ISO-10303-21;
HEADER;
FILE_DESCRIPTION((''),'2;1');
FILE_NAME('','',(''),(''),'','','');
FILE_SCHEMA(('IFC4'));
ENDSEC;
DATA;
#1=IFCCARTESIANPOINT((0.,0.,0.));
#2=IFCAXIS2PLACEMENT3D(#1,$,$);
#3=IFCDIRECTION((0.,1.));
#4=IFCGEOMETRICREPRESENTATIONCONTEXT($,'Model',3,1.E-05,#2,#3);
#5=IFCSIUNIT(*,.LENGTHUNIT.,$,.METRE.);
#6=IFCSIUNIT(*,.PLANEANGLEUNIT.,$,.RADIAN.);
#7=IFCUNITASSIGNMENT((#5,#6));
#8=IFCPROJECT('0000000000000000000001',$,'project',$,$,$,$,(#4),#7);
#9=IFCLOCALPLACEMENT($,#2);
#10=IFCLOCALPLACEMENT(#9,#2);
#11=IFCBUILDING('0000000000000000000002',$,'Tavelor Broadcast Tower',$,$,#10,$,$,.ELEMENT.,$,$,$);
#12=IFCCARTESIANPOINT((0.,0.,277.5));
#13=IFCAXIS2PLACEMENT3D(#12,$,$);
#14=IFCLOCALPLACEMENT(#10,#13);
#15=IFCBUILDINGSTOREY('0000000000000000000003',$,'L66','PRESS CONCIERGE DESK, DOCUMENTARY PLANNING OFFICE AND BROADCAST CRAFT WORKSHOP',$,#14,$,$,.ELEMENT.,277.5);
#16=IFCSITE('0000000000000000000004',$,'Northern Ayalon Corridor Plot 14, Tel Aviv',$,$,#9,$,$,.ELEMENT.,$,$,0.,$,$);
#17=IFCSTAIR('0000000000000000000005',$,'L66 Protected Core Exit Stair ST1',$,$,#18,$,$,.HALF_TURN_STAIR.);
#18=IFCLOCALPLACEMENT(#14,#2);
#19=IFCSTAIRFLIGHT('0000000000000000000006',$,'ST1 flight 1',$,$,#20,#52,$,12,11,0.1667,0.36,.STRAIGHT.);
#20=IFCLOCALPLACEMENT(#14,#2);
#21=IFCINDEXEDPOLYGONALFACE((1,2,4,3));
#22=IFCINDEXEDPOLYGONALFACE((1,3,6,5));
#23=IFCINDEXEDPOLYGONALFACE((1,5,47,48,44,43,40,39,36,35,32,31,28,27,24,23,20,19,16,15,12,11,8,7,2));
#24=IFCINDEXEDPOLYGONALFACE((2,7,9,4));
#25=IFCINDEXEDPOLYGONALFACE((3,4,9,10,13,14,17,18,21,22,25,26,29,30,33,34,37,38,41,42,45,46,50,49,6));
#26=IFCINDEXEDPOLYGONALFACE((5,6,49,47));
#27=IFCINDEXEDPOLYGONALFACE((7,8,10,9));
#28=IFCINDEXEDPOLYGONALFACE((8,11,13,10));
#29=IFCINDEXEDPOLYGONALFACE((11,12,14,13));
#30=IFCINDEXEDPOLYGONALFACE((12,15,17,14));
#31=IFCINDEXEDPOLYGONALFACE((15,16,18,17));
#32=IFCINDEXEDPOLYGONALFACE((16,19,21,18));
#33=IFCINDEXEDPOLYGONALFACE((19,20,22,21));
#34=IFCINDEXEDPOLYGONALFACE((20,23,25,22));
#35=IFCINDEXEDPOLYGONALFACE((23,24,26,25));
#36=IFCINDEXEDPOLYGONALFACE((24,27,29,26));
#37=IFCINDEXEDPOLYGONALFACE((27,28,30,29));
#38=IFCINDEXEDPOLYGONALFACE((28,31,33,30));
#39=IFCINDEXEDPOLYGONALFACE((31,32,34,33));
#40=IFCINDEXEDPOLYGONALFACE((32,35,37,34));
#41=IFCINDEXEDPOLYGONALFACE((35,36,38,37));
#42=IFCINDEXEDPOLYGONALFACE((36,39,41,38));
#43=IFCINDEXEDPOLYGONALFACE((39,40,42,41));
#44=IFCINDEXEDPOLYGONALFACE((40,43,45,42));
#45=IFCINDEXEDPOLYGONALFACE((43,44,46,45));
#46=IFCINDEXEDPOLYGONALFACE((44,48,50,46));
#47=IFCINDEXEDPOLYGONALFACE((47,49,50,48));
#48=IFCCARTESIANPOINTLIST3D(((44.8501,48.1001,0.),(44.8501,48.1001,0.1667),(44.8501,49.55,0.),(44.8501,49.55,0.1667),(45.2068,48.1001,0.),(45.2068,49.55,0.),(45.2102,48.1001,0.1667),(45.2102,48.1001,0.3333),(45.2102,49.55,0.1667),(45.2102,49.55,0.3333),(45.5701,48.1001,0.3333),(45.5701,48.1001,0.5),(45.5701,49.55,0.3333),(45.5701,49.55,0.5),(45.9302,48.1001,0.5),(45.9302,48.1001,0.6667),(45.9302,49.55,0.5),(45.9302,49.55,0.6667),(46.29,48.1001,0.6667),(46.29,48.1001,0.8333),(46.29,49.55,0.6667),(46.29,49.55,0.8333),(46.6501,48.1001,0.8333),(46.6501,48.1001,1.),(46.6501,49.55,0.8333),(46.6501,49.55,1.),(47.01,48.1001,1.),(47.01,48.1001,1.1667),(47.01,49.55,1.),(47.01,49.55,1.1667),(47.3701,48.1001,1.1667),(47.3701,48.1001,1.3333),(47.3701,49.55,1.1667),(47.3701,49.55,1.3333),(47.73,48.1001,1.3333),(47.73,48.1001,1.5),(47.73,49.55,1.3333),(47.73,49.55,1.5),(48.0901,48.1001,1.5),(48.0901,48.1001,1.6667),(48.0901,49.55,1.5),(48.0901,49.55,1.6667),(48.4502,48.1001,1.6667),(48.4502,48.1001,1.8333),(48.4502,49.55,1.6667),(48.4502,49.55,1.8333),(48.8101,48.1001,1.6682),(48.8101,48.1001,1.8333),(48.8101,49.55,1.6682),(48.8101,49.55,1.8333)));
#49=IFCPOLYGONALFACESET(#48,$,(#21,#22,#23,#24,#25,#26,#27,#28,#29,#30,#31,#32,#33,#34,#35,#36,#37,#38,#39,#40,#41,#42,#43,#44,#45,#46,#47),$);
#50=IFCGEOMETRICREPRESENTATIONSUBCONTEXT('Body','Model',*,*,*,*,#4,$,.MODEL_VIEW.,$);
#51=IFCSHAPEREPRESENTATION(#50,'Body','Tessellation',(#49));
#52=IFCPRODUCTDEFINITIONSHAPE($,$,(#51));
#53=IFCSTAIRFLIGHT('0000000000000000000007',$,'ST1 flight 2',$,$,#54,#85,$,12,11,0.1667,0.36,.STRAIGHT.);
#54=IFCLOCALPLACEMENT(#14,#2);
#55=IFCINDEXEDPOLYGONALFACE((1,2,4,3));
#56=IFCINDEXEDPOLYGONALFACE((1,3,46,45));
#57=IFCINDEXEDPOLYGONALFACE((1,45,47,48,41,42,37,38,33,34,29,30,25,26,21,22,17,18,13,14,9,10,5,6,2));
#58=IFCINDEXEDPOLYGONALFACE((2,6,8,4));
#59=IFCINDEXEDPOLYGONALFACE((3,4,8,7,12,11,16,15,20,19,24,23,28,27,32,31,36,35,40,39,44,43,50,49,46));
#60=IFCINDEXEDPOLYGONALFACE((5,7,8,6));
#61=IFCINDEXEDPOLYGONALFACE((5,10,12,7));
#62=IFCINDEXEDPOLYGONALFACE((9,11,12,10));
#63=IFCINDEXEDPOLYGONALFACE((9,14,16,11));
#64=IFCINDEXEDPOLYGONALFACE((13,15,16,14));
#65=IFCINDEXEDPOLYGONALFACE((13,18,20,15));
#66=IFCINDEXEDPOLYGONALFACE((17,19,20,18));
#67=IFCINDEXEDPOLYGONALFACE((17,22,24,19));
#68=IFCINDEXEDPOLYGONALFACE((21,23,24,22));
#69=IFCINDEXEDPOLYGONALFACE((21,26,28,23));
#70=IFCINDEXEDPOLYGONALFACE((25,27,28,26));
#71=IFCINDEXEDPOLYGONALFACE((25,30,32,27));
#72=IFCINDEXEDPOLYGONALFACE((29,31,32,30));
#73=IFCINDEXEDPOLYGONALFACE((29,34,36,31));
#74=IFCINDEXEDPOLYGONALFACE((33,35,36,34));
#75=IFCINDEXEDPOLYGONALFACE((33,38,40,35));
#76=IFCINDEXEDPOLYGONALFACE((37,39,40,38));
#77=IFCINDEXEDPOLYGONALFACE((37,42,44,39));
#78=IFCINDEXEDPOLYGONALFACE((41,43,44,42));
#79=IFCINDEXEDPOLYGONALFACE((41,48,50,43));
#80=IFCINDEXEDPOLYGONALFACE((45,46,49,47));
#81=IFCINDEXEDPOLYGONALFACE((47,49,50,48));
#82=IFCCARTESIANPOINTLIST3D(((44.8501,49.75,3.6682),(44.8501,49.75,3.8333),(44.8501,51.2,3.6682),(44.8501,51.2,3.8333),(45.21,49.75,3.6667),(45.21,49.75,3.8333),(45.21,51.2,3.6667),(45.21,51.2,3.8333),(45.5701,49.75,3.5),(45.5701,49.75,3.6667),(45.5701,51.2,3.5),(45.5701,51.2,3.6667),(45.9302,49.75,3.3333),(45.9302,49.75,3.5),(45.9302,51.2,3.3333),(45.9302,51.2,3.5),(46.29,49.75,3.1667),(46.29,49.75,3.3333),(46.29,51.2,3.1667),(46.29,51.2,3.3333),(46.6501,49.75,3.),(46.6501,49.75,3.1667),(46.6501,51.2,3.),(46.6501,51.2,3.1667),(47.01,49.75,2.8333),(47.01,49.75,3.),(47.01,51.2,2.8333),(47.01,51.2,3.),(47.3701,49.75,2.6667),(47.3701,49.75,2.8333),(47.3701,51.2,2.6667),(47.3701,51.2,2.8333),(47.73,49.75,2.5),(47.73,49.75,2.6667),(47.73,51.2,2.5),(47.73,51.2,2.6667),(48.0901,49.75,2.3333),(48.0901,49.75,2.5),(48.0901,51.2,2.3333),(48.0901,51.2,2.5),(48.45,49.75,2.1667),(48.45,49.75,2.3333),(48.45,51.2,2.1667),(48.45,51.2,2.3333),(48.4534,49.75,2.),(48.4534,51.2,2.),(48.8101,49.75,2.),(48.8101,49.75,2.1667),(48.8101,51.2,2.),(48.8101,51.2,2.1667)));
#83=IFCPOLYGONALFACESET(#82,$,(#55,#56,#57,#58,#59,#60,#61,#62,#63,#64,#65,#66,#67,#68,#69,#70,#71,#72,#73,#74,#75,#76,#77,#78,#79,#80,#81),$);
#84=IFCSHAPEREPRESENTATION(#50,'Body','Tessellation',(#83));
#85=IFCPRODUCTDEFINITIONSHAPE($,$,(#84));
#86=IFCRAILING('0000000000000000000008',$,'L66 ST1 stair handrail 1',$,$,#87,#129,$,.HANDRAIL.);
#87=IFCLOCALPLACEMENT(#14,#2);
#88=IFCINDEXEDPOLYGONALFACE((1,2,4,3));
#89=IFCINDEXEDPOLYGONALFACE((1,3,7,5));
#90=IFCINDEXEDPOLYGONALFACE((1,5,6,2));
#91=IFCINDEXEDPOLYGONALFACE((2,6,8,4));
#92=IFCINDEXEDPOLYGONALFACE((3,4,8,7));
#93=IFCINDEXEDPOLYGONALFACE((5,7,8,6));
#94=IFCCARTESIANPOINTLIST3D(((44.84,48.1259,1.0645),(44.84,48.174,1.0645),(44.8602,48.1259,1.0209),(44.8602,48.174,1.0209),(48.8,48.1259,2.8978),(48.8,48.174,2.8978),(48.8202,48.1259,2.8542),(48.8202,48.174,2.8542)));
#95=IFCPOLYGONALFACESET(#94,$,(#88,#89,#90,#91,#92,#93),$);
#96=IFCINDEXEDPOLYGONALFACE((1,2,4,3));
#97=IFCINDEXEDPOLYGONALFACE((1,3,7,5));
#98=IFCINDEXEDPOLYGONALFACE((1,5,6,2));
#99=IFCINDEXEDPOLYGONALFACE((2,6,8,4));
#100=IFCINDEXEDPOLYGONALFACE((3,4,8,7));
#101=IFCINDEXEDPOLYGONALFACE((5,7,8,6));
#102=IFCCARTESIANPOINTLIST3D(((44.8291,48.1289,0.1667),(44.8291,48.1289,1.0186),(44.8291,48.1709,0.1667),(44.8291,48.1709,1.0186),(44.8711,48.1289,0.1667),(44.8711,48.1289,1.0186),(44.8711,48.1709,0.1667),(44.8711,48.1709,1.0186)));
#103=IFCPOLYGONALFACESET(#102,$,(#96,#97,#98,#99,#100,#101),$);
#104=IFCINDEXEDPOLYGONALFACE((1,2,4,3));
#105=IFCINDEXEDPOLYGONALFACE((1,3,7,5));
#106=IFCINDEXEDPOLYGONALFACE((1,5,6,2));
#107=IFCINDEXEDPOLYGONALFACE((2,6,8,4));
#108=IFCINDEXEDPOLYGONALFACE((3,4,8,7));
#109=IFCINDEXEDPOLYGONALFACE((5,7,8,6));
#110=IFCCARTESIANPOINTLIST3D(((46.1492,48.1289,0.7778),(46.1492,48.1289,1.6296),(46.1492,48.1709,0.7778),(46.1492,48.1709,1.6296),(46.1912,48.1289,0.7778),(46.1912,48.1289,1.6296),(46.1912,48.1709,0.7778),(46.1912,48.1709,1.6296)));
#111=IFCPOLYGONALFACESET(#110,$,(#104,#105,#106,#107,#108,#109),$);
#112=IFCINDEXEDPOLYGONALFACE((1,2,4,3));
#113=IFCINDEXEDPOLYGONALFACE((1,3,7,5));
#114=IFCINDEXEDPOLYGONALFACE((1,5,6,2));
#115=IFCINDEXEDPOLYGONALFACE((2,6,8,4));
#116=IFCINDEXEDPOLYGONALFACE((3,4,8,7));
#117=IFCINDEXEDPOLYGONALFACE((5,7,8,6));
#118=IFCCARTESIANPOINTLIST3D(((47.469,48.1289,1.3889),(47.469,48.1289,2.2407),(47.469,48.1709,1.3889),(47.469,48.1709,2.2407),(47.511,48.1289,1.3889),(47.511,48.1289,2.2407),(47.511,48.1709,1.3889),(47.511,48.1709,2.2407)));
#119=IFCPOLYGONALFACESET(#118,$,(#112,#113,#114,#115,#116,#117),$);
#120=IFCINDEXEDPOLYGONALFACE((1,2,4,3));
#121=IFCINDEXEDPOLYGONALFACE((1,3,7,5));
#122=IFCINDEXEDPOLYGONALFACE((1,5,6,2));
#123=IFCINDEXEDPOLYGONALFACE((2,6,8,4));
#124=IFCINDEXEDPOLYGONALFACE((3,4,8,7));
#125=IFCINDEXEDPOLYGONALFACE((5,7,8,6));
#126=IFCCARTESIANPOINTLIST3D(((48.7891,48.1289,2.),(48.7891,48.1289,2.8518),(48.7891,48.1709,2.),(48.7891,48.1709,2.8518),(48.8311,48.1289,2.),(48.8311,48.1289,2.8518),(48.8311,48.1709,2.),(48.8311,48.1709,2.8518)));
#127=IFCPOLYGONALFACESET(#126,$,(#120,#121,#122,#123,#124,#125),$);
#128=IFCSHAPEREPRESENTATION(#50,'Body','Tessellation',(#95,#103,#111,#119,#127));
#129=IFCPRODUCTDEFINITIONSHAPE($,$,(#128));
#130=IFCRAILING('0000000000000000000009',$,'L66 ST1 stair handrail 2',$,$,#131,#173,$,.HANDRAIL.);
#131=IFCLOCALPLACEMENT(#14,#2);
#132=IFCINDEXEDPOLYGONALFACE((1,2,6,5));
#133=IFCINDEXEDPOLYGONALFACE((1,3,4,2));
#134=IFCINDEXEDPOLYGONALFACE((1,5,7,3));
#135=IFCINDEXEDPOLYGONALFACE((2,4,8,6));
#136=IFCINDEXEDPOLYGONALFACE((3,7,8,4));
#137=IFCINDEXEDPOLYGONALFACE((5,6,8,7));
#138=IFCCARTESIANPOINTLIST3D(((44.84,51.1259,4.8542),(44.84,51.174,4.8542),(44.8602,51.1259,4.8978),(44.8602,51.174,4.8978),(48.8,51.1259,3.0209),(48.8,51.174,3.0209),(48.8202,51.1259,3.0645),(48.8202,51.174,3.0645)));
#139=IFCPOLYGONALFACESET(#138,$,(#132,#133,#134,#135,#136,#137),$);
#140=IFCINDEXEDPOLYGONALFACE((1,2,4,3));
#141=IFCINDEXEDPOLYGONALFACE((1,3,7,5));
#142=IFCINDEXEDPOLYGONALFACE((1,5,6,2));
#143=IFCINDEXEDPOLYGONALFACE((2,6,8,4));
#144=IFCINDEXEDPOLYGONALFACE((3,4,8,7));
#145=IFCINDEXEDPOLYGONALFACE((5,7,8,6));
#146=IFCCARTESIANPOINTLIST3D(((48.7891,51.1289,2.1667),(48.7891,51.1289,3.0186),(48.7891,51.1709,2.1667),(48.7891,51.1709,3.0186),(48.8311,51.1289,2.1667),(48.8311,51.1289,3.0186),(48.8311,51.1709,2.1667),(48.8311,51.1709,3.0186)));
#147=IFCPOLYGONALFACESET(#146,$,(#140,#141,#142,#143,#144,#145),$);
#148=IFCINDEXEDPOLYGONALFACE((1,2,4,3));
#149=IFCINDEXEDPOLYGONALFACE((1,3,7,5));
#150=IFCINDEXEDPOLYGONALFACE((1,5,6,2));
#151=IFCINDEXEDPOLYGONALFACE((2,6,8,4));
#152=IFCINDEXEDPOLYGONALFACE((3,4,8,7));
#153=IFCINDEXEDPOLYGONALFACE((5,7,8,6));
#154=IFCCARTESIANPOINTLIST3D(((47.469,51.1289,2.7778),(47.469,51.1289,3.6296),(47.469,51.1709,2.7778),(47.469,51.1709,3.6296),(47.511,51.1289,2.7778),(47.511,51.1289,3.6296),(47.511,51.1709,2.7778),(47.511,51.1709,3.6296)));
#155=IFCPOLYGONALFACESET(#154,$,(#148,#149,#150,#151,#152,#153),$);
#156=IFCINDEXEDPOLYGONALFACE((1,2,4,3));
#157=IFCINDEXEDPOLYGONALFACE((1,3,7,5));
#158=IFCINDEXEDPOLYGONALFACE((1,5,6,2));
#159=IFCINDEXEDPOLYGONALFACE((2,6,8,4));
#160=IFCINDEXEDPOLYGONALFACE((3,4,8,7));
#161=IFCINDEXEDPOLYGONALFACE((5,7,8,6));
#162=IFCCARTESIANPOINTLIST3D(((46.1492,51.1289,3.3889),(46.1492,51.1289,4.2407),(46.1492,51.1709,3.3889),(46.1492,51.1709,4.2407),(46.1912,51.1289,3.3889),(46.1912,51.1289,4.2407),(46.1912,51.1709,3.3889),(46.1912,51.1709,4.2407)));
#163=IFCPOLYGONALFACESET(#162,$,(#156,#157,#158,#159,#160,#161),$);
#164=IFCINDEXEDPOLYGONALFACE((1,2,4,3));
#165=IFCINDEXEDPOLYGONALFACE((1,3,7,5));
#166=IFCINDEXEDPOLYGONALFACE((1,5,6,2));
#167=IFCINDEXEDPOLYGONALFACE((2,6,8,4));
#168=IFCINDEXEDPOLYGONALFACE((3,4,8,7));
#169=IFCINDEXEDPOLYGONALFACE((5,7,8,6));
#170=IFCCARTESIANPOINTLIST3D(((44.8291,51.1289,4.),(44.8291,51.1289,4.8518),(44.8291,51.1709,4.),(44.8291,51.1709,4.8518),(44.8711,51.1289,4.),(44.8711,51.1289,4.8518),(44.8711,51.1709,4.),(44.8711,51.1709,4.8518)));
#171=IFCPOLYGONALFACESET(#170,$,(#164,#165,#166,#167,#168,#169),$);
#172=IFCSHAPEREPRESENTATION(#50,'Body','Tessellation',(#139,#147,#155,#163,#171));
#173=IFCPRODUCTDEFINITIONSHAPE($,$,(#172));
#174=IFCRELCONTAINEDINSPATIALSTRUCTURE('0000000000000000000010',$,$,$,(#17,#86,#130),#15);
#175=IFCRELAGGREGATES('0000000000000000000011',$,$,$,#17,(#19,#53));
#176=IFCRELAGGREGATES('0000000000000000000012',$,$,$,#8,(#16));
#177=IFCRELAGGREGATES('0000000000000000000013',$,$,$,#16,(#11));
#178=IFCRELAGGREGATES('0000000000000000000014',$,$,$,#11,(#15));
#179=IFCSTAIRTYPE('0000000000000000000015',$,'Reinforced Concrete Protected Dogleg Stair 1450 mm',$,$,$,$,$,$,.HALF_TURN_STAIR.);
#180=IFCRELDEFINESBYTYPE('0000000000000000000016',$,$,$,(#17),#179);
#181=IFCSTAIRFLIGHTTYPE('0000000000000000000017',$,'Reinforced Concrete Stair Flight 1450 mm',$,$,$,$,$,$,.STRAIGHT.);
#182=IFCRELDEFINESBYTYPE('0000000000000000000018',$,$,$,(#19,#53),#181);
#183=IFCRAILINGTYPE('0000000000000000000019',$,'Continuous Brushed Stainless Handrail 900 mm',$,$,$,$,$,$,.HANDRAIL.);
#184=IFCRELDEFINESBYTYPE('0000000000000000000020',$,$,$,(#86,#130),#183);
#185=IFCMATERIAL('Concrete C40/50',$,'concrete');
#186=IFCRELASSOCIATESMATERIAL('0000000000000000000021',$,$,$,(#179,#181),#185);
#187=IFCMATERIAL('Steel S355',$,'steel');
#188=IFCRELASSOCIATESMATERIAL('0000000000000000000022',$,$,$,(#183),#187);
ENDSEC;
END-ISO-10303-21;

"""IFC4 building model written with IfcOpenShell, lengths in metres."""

from ifc_helpers import new_model, si_unit, direction, frame, origin, origin_2d, place, context, subcontext, project, spatial, polyline, rectangle, outline, extrude, material, type_object, element, aggregate, save


model = new_model("IFC4")

# Units and contexts
model_context = context("Model", 3, precision=1e-05, world=origin(), true_north=direction((0.0, 1.0)))
body_context = subcontext(model_context, "Body", "Model", "MODEL_VIEW")
ifc_project = project(units=[si_unit("LENGTHUNIT", "METRE"), si_unit("PLANEANGLEUNIT", "RADIAN")], contexts=[model_context])

# Site, building, storey
site_placement = place(None, origin())
site = spatial("IfcSite", under=ifc_project, at=site_placement, Name="Northern Ayalon Corridor Plot 14, Tel Aviv", CompositionType="ELEMENT", RefElevation=0.0)
building_placement = place(site_placement, origin())
building = spatial("IfcBuilding", under=site, at=building_placement, Name="Tavelor Broadcast Tower", CompositionType="ELEMENT")
storey_placement = place(building_placement, frame((0.0, 0.0, 277.5)))
storey = spatial("IfcBuildingStorey", under=building, at=storey_placement, Name="L66", Description="PRESS CONCIERGE DESK, DOCUMENTARY PLANNING OFFICE AND BROADCAST CRAFT WORKSHOP", CompositionType="ELEMENT", Elevation=277.5)

# Shared definitions
ifc_material_1 = material(Name="Steel S355", Category="steel")

# Shared definitions
ifc_material_2 = material(Name="Concrete C40/50", Category="concrete")

# Stair, stair flights
stair_type = type_object("IfcStairType", Name="Reinforced Concrete Protected Dogleg Stair 1450 mm", PredefinedType="HALF_TURN_STAIR", material=ifc_material_2)
stair_placement = place(storey_placement, origin())
stair = element("IfcStair", 1, at=stair_placement, inside=storey, type_object=stair_type, Name="L66 Protected Core Exit Stair ST1", PredefinedType="HALF_TURN_STAIR")
stair_flight_type = type_object("IfcStairFlightType", Name="Reinforced Concrete Stair Flight 1450 mm", PredefinedType="STRAIGHT", material=ifc_material_2)
stair_flight_1_placement = place(storey_placement, frame((44.8501, 48.825, 0.0), z_axis=(0.0, 0.0, 1.0), x_axis=(1.0, 0.0, 0.0)))
stair_flight_1 = element("IfcStairFlight", 2, at=stair_flight_1_placement, type_object=stair_flight_type, Name="ST1 flight 1", NumberOfRisers=12, NumberOfTreads=11, PredefinedType="STRAIGHT", RiserHeight=0.1667, TreadLength=0.36, context=body_context, shape_type="SweptSolid", body=[
    extrude(outline(polyline([(0.0, 0.0), (0.0, 0.1667), (0.3601, 0.1667), (0.3601, 0.3333), (0.72, 0.3333), (0.72, 0.5), (1.0801, 0.5), (1.0801, 0.6667), (1.4399, 0.6667), (1.4399, 0.8333), (1.8, 0.8333), (1.8, 1.0), (2.1599, 1.0), (2.1599, 1.1667), (2.52, 1.1667), (2.52, 1.3333), (2.8799, 1.3333), (2.8799, 1.5), (3.24, 1.5), (3.24, 1.6667), (3.6001, 1.6667), (3.6001, 1.8333), (3.96, 1.8333), (3.96, 2.0), (3.96, 1.6682), (0.3567, 0.0), (0.0, 0.0)])), frame((0.0, 0.7251, 0.0), z_axis=(0.0, -1.0, 0.0), x_axis=(1.0, 0.0, 0.0)), (0.0, 0.0, 1.0), 1.45),
])
stair_flight_2_placement = place(storey_placement, frame((48.8101, 50.4751, 2.0), z_axis=(0.0, 0.0, 1.0), x_axis=(-1.0, 0.0, 0.0)))
stair_flight_2 = element("IfcStairFlight", 3, at=stair_flight_2_placement, type_object=stair_flight_type, Name="ST1 flight 2", NumberOfRisers=12, NumberOfTreads=11, PredefinedType="STRAIGHT", RiserHeight=0.1667, TreadLength=0.36, context=body_context, shape_type="SweptSolid", body=[
    extrude(outline(polyline([(0.0, 0.0), (0.0, 0.1667), (0.3601, 0.1667), (0.3601, 0.3333), (0.72, 0.3333), (0.72, 0.5), (1.0801, 0.5), (1.0801, 0.6667), (1.4399, 0.6667), (1.4399, 0.8333), (1.8, 0.8333), (1.8, 1.0), (2.1599, 1.0), (2.1599, 1.1667), (2.52, 1.1667), (2.52, 1.3333), (2.8799, 1.3333), (2.8799, 1.5), (3.24, 1.5), (3.24, 1.6667), (3.6001, 1.6667), (3.6001, 1.8333), (3.96, 1.8333), (3.96, 2.0), (3.96, 1.6682), (0.3567, 0.0), (0.0, 0.0)])), frame((0.0, 0.7251, 0.0), z_axis=(0.0, -1.0, 0.0), x_axis=(1.0, 0.0, 0.0)), (0.0, 0.0, 1.0), 1.45),
])
aggregate(stair, [stair_flight_1, stair_flight_2])

# Railings
railing_type_1 = type_object("IfcRailingType", Name="Continuous Brushed Stainless Handrail 900 mm", PredefinedType="HANDRAIL", material=ifc_material_1)
railing_1_placement = place(storey_placement, frame((44.8501, 48.1499, 0.1667)))
element("IfcRailing", 4, at=railing_1_placement, inside=storey, type_object=railing_type_1, Name="L66 ST1 stair handrail 1", PredefinedType="HANDRAIL", context=body_context, shape_type="SweptSolid", body=[
    extrude(rectangle(XDim=0.0481, YDim=0.0481, at=origin_2d()), frame((0.0, 0.0, 0.876), z_axis=(0.907472, 0.0, 0.420112), x_axis=(0.0, 1.0, 0.0)), (0.0, 0.0, 1.0), 4.3638),
    extrude(rectangle(XDim=0.042, YDim=0.042, at=origin_2d()), origin(), (0.0, 0.0, 1.0), 0.8518),
    extrude(rectangle(XDim=0.042, YDim=0.042, at=origin_2d()), frame((1.3201, 0.0, 0.6111)), (0.0, 0.0, 1.0), 0.8518),
    extrude(rectangle(XDim=0.042, YDim=0.042, at=origin_2d()), frame((2.6399, 0.0, 1.2222)), (0.0, 0.0, 1.0), 0.8518),
    extrude(rectangle(XDim=0.042, YDim=0.042, at=origin_2d()), frame((3.96, 0.0, 1.8333)), (0.0, 0.0, 1.0), 0.8518),
])
railing_2_placement = place(storey_placement, frame((48.8101, 51.1499, 2.1667)))
element("IfcRailing", 5, at=railing_2_placement, inside=storey, type_object=railing_type_1, Name="L66 ST1 stair handrail 2", PredefinedType="HANDRAIL", context=body_context, shape_type="SweptSolid", body=[
    extrude(rectangle(XDim=0.0481, YDim=0.0481, at=origin_2d()), frame((0.0, 0.0, 0.876), z_axis=(-0.907472, 0.0, 0.420112), x_axis=(0.0, -1.0, 0.0)), (0.0, 0.0, 1.0), 4.3638),
    extrude(rectangle(XDim=0.042, YDim=0.042, at=origin_2d()), origin(), (0.0, 0.0, 1.0), 0.8518),
    extrude(rectangle(XDim=0.042, YDim=0.042, at=origin_2d()), frame((-1.3201, 0.0, 0.6111)), (0.0, 0.0, 1.0), 0.8518),
    extrude(rectangle(XDim=0.042, YDim=0.042, at=origin_2d()), frame((-2.6399, 0.0, 1.2222)), (0.0, 0.0, 1.0), 0.8518),
    extrude(rectangle(XDim=0.042, YDim=0.042, at=origin_2d()), frame((-3.96, 0.0, 1.8333)), (0.0, 0.0, 1.0), 0.8518),
])

save(model, "model.ifc")
